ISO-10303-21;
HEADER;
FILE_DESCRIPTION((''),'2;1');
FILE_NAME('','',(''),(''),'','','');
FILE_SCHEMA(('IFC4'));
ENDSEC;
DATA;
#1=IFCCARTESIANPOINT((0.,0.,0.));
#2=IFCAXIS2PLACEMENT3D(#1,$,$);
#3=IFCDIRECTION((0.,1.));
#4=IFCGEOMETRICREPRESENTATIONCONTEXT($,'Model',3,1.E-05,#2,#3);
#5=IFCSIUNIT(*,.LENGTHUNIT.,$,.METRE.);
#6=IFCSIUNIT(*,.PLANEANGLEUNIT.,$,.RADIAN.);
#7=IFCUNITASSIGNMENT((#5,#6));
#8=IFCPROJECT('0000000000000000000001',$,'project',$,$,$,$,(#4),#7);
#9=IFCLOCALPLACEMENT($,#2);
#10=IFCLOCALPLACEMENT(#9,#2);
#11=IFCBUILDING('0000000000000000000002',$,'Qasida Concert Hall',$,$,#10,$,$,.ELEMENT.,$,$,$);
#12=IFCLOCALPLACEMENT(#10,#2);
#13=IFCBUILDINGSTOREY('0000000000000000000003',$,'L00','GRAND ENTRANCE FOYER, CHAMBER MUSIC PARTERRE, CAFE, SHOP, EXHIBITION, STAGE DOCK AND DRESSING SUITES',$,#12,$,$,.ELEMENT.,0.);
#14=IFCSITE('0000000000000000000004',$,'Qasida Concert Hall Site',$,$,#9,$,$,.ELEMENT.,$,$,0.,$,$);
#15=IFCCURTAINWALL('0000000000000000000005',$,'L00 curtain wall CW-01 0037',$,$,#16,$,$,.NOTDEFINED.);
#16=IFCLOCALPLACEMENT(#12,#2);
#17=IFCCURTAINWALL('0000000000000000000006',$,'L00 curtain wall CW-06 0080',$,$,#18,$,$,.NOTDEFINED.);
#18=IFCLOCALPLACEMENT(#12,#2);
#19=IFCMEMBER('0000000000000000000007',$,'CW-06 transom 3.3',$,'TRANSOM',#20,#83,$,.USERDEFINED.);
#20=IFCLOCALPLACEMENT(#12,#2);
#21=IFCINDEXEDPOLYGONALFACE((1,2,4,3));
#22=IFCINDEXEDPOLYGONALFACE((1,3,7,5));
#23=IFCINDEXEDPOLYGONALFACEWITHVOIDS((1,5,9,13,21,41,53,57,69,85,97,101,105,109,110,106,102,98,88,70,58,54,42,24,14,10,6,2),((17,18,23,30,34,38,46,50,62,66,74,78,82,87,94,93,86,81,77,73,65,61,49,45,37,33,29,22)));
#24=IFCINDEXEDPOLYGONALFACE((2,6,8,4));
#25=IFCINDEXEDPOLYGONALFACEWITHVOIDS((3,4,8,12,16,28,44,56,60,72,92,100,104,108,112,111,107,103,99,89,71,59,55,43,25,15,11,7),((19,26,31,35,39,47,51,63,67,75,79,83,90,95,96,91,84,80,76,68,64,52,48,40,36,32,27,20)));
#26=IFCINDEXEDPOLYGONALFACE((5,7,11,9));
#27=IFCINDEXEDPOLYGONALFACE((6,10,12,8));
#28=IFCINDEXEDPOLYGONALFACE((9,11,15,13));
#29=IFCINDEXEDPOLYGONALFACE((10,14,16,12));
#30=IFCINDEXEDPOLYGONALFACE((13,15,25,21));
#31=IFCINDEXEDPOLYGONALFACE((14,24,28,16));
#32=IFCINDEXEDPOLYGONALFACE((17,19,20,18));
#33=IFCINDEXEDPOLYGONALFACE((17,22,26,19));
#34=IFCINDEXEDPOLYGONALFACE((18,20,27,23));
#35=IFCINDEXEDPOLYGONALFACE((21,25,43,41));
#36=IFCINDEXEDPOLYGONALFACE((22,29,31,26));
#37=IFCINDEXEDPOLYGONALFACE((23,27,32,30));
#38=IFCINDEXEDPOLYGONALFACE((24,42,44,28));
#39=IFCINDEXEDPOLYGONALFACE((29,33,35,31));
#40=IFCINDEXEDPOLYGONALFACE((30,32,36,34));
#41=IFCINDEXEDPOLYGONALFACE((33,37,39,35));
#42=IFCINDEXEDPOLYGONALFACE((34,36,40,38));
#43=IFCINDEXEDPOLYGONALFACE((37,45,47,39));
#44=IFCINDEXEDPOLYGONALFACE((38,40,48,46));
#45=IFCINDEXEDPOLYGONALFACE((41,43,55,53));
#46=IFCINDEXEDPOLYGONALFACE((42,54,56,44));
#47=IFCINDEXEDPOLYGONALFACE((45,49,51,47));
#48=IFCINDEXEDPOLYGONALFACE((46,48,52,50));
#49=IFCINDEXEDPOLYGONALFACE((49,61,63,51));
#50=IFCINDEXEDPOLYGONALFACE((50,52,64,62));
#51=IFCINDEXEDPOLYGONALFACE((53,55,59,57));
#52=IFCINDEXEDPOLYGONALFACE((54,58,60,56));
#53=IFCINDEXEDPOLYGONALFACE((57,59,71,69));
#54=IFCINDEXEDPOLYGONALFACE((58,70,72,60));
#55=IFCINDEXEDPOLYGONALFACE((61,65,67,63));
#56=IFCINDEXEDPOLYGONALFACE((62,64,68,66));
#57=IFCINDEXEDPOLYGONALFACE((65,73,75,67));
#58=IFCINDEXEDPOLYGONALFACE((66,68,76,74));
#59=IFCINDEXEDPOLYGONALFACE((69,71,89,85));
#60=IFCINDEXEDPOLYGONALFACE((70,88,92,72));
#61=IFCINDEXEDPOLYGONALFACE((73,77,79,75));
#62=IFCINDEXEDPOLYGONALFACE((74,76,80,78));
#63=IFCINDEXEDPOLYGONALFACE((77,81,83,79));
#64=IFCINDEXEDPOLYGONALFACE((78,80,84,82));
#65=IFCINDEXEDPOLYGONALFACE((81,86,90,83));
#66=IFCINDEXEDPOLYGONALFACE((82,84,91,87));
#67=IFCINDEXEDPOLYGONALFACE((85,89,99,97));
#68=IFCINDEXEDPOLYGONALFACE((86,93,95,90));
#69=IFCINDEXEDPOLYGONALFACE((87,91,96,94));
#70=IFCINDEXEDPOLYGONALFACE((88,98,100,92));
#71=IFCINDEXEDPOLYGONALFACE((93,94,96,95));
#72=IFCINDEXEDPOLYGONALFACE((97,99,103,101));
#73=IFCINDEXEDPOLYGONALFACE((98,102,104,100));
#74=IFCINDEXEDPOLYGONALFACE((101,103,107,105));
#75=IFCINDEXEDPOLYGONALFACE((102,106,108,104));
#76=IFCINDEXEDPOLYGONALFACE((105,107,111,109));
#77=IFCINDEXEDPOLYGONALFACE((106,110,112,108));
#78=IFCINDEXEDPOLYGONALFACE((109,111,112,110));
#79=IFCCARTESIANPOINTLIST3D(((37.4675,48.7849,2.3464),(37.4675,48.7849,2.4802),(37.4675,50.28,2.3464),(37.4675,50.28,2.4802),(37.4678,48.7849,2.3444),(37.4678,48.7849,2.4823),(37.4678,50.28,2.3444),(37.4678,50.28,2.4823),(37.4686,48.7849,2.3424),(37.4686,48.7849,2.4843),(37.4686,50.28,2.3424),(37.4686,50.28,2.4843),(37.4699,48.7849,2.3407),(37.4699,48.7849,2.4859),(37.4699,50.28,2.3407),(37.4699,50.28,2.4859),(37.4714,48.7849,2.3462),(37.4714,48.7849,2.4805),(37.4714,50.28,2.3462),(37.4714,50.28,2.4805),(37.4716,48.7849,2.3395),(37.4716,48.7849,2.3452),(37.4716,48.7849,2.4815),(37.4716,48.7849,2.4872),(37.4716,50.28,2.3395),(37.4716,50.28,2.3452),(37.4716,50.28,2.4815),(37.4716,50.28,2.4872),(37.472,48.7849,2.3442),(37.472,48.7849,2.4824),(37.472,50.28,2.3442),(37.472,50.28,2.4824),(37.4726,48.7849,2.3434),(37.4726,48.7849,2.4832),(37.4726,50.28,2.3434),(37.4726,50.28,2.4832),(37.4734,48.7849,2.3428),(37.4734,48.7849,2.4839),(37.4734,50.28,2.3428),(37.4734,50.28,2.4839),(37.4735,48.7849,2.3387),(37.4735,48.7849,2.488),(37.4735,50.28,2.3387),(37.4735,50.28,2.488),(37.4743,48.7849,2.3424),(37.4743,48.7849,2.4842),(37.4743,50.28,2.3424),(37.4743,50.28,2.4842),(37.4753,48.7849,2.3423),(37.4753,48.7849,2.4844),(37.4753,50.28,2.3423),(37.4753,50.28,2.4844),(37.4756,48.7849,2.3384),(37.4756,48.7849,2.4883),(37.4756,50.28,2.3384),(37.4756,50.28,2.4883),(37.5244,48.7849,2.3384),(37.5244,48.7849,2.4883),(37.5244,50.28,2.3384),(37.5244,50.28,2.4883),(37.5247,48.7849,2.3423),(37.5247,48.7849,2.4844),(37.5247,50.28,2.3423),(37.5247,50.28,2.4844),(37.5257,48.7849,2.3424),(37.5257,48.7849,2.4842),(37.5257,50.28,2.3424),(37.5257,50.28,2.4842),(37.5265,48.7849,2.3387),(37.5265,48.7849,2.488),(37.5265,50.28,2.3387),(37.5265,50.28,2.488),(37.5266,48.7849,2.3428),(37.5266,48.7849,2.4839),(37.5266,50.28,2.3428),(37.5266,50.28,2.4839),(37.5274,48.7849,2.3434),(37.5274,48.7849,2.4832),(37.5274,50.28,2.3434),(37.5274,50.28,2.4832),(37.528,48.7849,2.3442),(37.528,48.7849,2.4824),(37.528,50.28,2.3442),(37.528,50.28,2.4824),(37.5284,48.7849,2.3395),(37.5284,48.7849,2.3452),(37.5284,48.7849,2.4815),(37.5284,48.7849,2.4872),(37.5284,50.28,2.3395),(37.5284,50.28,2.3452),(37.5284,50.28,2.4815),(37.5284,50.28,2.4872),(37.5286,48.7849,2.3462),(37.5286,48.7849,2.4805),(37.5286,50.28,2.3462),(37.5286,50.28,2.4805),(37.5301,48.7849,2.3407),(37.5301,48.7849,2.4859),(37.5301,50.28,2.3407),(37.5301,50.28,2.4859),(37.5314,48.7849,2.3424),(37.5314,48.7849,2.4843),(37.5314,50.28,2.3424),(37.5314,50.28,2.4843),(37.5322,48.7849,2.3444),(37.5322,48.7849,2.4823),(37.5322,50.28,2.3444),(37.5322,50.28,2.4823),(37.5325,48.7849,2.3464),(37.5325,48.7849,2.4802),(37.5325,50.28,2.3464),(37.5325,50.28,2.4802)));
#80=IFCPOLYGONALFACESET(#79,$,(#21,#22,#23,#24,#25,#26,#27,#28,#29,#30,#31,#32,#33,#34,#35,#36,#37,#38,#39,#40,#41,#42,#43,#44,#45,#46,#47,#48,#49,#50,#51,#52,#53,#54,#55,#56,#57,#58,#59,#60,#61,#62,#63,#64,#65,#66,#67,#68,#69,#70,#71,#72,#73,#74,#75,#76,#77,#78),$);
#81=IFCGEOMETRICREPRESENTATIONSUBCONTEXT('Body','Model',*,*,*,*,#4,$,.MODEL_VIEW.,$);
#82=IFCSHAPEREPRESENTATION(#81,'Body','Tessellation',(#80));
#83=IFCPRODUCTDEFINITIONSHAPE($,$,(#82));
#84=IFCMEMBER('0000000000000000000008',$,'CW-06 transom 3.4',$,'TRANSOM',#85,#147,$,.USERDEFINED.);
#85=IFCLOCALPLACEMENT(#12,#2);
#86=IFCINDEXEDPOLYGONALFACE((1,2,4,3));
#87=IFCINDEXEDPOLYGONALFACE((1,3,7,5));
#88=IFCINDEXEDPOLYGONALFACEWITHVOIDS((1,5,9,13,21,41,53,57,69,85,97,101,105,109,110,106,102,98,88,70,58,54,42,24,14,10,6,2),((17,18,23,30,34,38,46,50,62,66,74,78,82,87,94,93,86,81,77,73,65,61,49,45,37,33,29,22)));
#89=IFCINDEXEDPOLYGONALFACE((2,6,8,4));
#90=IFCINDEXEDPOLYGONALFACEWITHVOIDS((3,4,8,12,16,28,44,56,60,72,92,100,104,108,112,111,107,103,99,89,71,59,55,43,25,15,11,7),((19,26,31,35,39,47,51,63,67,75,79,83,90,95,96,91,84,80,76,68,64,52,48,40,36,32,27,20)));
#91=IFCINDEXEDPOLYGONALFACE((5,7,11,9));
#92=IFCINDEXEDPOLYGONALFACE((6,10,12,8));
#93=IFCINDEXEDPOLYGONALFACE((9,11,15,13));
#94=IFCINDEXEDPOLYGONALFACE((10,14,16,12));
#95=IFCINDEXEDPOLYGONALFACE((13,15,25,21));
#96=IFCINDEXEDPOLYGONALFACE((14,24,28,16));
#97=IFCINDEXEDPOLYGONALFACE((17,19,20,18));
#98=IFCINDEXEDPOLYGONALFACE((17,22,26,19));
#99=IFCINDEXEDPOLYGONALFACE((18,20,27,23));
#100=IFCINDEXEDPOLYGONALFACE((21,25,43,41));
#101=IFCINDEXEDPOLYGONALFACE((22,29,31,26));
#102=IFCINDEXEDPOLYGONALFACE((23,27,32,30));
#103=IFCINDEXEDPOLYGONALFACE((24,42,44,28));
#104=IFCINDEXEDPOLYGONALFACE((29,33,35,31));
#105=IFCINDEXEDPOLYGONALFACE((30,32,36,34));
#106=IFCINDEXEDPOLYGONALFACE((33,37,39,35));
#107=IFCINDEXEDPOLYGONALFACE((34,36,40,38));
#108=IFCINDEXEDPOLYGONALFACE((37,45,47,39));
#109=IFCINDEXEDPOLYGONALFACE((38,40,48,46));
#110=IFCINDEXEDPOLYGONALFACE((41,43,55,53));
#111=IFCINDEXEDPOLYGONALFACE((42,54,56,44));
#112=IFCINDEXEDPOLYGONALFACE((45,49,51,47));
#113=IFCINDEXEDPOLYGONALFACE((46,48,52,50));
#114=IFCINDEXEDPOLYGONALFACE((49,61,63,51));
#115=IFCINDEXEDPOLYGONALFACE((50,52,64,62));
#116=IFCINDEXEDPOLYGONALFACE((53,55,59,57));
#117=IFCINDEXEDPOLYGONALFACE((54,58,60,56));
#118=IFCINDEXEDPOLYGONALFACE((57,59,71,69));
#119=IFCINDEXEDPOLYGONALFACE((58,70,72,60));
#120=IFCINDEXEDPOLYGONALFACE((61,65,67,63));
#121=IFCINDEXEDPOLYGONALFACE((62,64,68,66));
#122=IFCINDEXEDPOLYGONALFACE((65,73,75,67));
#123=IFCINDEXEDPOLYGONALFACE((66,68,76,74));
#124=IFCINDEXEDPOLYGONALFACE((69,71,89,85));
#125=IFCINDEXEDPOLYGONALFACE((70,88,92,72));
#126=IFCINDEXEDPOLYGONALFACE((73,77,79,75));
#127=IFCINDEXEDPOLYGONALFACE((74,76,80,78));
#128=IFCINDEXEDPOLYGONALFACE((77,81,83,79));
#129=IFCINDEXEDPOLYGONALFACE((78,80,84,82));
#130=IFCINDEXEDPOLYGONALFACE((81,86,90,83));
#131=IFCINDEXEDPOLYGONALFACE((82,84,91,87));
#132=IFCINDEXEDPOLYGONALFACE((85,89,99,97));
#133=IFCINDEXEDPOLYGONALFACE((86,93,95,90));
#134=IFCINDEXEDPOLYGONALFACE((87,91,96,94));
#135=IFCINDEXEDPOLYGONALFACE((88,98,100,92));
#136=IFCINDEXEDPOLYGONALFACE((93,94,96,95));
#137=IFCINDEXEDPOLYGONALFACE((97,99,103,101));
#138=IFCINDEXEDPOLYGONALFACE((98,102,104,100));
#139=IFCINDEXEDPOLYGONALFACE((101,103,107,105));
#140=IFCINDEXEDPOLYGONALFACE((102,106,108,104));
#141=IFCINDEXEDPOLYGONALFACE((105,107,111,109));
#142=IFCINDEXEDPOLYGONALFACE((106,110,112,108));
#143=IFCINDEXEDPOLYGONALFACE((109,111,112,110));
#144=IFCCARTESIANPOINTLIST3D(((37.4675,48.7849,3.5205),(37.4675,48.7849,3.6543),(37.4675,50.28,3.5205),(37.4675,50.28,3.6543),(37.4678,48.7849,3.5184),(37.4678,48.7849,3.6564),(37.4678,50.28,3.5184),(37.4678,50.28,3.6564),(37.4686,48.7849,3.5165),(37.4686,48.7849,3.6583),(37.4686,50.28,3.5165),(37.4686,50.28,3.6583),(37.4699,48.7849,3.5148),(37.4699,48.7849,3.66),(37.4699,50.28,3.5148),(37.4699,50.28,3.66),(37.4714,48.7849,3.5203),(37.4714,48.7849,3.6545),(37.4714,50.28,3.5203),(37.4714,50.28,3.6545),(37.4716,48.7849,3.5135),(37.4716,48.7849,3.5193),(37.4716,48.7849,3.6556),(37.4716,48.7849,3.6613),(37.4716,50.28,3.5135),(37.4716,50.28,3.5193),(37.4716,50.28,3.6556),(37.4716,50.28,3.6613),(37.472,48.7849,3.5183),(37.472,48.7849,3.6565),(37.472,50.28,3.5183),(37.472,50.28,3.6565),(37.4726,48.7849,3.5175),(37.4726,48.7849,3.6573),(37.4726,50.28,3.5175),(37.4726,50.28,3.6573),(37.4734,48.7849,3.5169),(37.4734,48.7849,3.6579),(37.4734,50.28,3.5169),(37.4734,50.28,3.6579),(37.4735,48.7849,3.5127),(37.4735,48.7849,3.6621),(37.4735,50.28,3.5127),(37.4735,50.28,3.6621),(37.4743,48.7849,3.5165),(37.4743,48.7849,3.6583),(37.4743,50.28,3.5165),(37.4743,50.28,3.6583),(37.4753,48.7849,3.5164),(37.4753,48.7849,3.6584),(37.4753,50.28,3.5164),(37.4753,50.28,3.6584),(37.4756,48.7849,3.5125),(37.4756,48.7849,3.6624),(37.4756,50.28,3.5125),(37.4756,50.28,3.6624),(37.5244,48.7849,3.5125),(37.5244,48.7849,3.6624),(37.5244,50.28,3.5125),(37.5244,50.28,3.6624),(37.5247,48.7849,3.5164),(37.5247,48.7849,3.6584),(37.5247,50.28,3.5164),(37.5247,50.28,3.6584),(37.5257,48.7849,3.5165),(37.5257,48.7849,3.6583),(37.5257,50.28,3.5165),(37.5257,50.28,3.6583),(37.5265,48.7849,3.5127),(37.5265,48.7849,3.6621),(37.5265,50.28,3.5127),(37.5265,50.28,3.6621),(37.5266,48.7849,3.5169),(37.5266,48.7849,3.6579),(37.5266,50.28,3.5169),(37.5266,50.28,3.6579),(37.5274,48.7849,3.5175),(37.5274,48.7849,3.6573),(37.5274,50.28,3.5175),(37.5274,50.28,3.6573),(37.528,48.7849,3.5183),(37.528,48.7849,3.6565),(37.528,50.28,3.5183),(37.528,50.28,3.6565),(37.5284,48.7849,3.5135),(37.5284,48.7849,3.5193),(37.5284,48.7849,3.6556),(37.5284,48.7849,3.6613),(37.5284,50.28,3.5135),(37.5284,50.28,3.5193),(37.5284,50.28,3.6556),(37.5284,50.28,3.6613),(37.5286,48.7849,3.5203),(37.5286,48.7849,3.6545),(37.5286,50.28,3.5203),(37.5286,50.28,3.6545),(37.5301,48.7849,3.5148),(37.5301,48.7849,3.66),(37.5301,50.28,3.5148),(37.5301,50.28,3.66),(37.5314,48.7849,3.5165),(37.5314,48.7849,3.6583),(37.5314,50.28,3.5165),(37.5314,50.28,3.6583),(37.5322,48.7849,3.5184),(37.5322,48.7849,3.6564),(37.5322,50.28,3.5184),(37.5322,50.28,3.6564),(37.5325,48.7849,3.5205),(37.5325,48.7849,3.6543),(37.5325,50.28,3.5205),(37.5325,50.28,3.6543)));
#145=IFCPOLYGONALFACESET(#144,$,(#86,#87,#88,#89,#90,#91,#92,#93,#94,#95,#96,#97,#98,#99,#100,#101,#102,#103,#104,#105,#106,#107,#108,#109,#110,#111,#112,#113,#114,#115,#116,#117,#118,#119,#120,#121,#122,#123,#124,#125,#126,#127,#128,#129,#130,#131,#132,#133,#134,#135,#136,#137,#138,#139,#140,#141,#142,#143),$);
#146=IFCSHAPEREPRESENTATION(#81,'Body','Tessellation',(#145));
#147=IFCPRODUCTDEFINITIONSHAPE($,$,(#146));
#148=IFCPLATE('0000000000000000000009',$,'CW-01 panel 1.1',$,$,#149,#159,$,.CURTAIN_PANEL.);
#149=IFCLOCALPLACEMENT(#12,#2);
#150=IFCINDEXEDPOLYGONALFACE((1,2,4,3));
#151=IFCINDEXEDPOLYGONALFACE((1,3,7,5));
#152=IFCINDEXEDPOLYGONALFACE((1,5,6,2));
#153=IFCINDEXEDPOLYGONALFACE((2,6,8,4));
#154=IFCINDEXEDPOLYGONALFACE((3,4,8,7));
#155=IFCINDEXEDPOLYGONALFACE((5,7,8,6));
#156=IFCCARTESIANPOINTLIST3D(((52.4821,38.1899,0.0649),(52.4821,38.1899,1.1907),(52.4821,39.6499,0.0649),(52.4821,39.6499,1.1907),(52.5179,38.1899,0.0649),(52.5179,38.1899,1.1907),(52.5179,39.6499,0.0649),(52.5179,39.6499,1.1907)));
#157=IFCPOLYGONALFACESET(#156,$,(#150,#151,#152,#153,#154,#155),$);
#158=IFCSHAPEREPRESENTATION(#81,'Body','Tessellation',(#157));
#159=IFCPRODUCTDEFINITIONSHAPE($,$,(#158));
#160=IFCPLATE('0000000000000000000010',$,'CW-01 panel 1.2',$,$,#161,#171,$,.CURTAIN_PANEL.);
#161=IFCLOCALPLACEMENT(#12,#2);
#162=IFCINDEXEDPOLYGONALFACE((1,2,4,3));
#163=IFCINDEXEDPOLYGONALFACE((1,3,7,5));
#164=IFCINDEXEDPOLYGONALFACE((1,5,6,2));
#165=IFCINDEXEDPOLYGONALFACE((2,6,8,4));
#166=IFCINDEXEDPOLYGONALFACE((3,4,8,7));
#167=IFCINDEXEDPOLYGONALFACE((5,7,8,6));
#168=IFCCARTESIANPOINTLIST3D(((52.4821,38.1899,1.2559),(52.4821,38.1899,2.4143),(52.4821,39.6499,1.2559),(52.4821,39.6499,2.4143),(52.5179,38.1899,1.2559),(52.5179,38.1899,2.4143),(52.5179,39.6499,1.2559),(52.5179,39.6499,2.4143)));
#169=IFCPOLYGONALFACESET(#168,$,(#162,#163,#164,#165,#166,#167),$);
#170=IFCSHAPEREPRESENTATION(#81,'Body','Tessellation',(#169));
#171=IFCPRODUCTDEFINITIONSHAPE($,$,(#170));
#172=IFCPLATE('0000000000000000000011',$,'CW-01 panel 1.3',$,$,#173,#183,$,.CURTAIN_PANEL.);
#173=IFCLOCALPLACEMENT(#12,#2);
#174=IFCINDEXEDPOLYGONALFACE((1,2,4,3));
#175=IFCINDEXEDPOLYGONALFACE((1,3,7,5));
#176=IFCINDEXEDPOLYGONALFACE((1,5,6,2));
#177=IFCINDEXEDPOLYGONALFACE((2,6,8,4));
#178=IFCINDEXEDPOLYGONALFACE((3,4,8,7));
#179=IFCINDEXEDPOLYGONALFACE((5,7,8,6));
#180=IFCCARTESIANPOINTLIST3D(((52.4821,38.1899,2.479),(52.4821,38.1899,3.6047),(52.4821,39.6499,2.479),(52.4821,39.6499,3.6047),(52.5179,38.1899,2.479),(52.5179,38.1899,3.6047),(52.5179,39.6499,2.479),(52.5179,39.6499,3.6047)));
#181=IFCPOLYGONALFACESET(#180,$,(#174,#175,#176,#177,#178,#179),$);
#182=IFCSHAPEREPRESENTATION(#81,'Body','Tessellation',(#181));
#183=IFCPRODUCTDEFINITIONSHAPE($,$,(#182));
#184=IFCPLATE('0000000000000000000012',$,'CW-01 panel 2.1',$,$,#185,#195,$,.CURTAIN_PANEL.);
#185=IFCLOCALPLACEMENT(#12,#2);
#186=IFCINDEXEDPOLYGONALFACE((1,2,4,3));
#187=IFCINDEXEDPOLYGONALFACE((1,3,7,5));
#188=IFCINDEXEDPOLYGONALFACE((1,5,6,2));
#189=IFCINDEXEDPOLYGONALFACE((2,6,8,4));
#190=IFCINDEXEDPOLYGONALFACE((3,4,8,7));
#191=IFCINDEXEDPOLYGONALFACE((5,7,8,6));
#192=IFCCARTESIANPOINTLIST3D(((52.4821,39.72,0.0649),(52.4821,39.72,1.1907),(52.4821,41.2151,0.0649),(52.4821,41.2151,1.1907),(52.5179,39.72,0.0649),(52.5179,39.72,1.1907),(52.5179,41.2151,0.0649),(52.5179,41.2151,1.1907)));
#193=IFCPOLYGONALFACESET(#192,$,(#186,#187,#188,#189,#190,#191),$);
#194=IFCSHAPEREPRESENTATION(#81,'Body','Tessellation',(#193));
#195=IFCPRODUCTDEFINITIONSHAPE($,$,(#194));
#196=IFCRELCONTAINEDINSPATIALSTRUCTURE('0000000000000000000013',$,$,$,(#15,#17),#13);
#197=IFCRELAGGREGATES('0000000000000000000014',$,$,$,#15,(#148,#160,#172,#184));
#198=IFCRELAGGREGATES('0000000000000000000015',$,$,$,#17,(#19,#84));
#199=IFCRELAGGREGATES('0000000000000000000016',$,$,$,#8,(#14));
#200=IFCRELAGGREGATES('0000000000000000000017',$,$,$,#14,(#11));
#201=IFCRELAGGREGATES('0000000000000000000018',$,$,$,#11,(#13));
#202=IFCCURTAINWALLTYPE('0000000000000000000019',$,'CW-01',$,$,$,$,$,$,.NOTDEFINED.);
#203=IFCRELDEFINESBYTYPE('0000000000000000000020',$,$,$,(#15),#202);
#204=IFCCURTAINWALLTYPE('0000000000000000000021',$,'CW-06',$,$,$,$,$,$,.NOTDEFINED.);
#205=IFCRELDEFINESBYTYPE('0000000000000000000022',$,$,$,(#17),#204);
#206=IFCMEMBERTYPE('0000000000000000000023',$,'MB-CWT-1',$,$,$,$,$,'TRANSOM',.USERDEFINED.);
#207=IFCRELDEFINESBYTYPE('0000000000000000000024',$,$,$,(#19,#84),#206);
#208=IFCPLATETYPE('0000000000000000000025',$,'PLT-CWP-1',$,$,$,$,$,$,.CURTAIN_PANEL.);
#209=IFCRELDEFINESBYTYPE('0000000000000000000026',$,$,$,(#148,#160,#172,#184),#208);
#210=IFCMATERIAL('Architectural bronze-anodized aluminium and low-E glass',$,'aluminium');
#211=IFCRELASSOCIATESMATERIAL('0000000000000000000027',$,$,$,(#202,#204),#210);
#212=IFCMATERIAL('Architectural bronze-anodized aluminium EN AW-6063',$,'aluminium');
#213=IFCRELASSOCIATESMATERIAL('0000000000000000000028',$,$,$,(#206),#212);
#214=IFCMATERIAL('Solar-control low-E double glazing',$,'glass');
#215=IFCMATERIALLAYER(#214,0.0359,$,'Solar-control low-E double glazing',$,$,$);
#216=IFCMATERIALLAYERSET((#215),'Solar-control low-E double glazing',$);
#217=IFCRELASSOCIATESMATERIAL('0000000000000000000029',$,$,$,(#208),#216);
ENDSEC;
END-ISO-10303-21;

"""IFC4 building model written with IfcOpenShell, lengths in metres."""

from ifc_helpers import new_model, si_unit, direction, frame, origin, origin_2d, place, context, subcontext, project, spatial, rectangle, hollow_rectangle, extrude, material, layer, layer_set, material_profile, profile_set, type_object, element, aggregate, save


model = new_model("IFC4")

# Units and contexts
model_context = context("Model", 3, precision=1e-05, world=origin(), true_north=direction((0.0, 1.0)))
body_context = subcontext(model_context, "Body", "Model", "MODEL_VIEW")
ifc_project = project(units=[si_unit("LENGTHUNIT", "METRE"), si_unit("PLANEANGLEUNIT", "RADIAN")], contexts=[model_context])

# Site, building, storey
site_placement = place(None, origin())
site = spatial("IfcSite", under=ifc_project, at=site_placement, Name="Qasida Concert Hall Site", CompositionType="ELEMENT", RefElevation=0.0)
building_placement = place(site_placement, origin())
building = spatial("IfcBuilding", under=site, at=building_placement, Name="Qasida Concert Hall", CompositionType="ELEMENT")
storey_placement = place(building_placement, origin())
storey = spatial("IfcBuildingStorey", under=building, at=storey_placement, Name="L00", Description="GRAND ENTRANCE FOYER, CHAMBER MUSIC PARTERRE, CAFE, SHOP, EXHIBITION, STAGE DOCK AND DRESSING SUITES", CompositionType="ELEMENT", Elevation=0.0)

# Curtain walls
ifc_material_1 = material(Name="Architectural bronze-anodized aluminium and low-E glass", Category="aluminium")
curtain_wall_type_1 = type_object("IfcCurtainWallType", Name="CW-01", PredefinedType="NOTDEFINED", material=ifc_material_1)
curtain_wall_1_placement = place(storey_placement, origin())
curtain_wall_1 = element("IfcCurtainWall", 1, at=curtain_wall_1_placement, inside=storey, type_object=curtain_wall_type_1, Name="L00 curtain wall CW-01 0037", PredefinedType="NOTDEFINED")
ifc_material_2 = material(Name="Architectural bronze-anodized aluminium EN AW-6063", Category="aluminium")
curtain_wall_type_2 = type_object("IfcCurtainWallType", Name="CW-06", PredefinedType="NOTDEFINED", material=ifc_material_1)
curtain_wall_2_placement = place(storey_placement, origin())
curtain_wall_2 = element("IfcCurtainWall", 2, at=curtain_wall_2_placement, inside=storey, type_object=curtain_wall_type_2, Name="L00 curtain wall CW-06 0080", PredefinedType="NOTDEFINED")

# Members
ifc_material_profile_1 = material_profile(ifc_material_2, hollow_rectangle(XDim=0.0649, YDim=0.1499, WallThickness=0.0039, InnerFilletRadius=0.0039, OuterFilletRadius=0.0081, at=origin_2d()), Name="CWT 150x65x4")
ifc_profile_set_1 = profile_set([ifc_material_profile_1], Name="Architectural bronze-anodized aluminium EN AW-6063")
member_type_1 = type_object("IfcMemberType", Name="MB-CWT-1", ElementType="TRANSOM", PredefinedType="USERDEFINED", material=ifc_profile_set_1)
member_1_placement = place(storey_placement, frame((37.5, 48.7849, 2.4133), z_axis=(0.0, 1.0, 0.0), x_axis=(-1.0, 0.0, 0.0)))
member_1 = element("IfcMember", 3, at=member_1_placement, type_object=member_type_1, Name="CW-06 transom 3.3", ObjectType="TRANSOM", PredefinedType="USERDEFINED", context=body_context, shape_type="SweptSolid", body=[
    extrude(hollow_rectangle(XDim=0.0649, YDim=0.1499, WallThickness=0.0039, InnerFilletRadius=0.0039, OuterFilletRadius=0.0081, at=origin_2d()), origin(), (0.0, 0.0, 1.0), 1.4951),
])
member_2_placement = place(storey_placement, frame((37.5, 48.7849, 3.5874), z_axis=(0.0, 1.0, 0.0), x_axis=(-1.0, 0.0, 0.0)))
member_2 = element("IfcMember", 4, at=member_2_placement, type_object=member_type_1, Name="CW-06 transom 3.4", ObjectType="TRANSOM", PredefinedType="USERDEFINED", context=body_context, shape_type="SweptSolid", body=[
    extrude(hollow_rectangle(XDim=0.0649, YDim=0.1499, WallThickness=0.0039, InnerFilletRadius=0.0039, OuterFilletRadius=0.0081, at=origin_2d()), origin(), (0.0, 0.0, 1.0), 1.4951),
])

# Plates
ifc_material_3 = material(Name="Solar-control low-E double glazing", Category="glass")
ifc_layer_1 = layer(ifc_material_3, 0.0359, Name="Solar-control low-E double glazing")
ifc_layer_set_1 = layer_set([ifc_layer_1], Name="Solar-control low-E double glazing")
plate_type_1 = type_object("IfcPlateType", Name="PLT-CWP-1", PredefinedType="CURTAIN_PANEL", material=ifc_layer_set_1)
plate_1_placement = place(storey_placement, frame((52.5, 38.9199, 0.0649), z_axis=(0.0, 0.0, 1.0), x_axis=(0.0, 1.0, 0.0)))
plate_1 = element("IfcPlate", 5, at=plate_1_placement, type_object=plate_type_1, Name="CW-01 panel 1.1", PredefinedType="CURTAIN_PANEL", context=body_context, shape_type="SweptSolid", body=[
    extrude(rectangle(XDim=1.46, YDim=0.0359, at=origin_2d()), origin(), (0.0, 0.0, 1.0), 1.1257),
])
plate_2_placement = place(storey_placement, frame((52.5, 38.9199, 1.2559), z_axis=(0.0, 0.0, 1.0), x_axis=(0.0, 1.0, 0.0)))
plate_2 = element("IfcPlate", 6, at=plate_2_placement, type_object=plate_type_1, Name="CW-01 panel 1.2", PredefinedType="CURTAIN_PANEL", context=body_context, shape_type="SweptSolid", body=[
    extrude(rectangle(XDim=1.46, YDim=0.0359, at=origin_2d()), origin(), (0.0, 0.0, 1.0), 1.1584),
])
plate_3_placement = place(storey_placement, frame((52.5, 38.9199, 2.479), z_axis=(0.0, 0.0, 1.0), x_axis=(0.0, 1.0, 0.0)))
plate_3 = element("IfcPlate", 7, at=plate_3_placement, type_object=plate_type_1, Name="CW-01 panel 1.3", PredefinedType="CURTAIN_PANEL", context=body_context, shape_type="SweptSolid", body=[
    extrude(rectangle(XDim=1.46, YDim=0.0359, at=origin_2d()), origin(), (0.0, 0.0, 1.0), 1.1257),
])
plate_4_placement = place(storey_placement, frame((52.5, 40.4675, 0.0649), z_axis=(0.0, 0.0, 1.0), x_axis=(0.0, 1.0, 0.0)))
plate_4 = element("IfcPlate", 8, at=plate_4_placement, type_object=plate_type_1, Name="CW-01 panel 2.1", PredefinedType="CURTAIN_PANEL", context=body_context, shape_type="SweptSolid", body=[
    extrude(rectangle(XDim=1.4951, YDim=0.0359, at=origin_2d()), origin(), (0.0, 0.0, 1.0), 1.1257),
])
aggregate(curtain_wall_1, [plate_1, plate_2, plate_3, plate_4])
aggregate(curtain_wall_2, [member_1, member_2])

save(model, "model.ifc")
